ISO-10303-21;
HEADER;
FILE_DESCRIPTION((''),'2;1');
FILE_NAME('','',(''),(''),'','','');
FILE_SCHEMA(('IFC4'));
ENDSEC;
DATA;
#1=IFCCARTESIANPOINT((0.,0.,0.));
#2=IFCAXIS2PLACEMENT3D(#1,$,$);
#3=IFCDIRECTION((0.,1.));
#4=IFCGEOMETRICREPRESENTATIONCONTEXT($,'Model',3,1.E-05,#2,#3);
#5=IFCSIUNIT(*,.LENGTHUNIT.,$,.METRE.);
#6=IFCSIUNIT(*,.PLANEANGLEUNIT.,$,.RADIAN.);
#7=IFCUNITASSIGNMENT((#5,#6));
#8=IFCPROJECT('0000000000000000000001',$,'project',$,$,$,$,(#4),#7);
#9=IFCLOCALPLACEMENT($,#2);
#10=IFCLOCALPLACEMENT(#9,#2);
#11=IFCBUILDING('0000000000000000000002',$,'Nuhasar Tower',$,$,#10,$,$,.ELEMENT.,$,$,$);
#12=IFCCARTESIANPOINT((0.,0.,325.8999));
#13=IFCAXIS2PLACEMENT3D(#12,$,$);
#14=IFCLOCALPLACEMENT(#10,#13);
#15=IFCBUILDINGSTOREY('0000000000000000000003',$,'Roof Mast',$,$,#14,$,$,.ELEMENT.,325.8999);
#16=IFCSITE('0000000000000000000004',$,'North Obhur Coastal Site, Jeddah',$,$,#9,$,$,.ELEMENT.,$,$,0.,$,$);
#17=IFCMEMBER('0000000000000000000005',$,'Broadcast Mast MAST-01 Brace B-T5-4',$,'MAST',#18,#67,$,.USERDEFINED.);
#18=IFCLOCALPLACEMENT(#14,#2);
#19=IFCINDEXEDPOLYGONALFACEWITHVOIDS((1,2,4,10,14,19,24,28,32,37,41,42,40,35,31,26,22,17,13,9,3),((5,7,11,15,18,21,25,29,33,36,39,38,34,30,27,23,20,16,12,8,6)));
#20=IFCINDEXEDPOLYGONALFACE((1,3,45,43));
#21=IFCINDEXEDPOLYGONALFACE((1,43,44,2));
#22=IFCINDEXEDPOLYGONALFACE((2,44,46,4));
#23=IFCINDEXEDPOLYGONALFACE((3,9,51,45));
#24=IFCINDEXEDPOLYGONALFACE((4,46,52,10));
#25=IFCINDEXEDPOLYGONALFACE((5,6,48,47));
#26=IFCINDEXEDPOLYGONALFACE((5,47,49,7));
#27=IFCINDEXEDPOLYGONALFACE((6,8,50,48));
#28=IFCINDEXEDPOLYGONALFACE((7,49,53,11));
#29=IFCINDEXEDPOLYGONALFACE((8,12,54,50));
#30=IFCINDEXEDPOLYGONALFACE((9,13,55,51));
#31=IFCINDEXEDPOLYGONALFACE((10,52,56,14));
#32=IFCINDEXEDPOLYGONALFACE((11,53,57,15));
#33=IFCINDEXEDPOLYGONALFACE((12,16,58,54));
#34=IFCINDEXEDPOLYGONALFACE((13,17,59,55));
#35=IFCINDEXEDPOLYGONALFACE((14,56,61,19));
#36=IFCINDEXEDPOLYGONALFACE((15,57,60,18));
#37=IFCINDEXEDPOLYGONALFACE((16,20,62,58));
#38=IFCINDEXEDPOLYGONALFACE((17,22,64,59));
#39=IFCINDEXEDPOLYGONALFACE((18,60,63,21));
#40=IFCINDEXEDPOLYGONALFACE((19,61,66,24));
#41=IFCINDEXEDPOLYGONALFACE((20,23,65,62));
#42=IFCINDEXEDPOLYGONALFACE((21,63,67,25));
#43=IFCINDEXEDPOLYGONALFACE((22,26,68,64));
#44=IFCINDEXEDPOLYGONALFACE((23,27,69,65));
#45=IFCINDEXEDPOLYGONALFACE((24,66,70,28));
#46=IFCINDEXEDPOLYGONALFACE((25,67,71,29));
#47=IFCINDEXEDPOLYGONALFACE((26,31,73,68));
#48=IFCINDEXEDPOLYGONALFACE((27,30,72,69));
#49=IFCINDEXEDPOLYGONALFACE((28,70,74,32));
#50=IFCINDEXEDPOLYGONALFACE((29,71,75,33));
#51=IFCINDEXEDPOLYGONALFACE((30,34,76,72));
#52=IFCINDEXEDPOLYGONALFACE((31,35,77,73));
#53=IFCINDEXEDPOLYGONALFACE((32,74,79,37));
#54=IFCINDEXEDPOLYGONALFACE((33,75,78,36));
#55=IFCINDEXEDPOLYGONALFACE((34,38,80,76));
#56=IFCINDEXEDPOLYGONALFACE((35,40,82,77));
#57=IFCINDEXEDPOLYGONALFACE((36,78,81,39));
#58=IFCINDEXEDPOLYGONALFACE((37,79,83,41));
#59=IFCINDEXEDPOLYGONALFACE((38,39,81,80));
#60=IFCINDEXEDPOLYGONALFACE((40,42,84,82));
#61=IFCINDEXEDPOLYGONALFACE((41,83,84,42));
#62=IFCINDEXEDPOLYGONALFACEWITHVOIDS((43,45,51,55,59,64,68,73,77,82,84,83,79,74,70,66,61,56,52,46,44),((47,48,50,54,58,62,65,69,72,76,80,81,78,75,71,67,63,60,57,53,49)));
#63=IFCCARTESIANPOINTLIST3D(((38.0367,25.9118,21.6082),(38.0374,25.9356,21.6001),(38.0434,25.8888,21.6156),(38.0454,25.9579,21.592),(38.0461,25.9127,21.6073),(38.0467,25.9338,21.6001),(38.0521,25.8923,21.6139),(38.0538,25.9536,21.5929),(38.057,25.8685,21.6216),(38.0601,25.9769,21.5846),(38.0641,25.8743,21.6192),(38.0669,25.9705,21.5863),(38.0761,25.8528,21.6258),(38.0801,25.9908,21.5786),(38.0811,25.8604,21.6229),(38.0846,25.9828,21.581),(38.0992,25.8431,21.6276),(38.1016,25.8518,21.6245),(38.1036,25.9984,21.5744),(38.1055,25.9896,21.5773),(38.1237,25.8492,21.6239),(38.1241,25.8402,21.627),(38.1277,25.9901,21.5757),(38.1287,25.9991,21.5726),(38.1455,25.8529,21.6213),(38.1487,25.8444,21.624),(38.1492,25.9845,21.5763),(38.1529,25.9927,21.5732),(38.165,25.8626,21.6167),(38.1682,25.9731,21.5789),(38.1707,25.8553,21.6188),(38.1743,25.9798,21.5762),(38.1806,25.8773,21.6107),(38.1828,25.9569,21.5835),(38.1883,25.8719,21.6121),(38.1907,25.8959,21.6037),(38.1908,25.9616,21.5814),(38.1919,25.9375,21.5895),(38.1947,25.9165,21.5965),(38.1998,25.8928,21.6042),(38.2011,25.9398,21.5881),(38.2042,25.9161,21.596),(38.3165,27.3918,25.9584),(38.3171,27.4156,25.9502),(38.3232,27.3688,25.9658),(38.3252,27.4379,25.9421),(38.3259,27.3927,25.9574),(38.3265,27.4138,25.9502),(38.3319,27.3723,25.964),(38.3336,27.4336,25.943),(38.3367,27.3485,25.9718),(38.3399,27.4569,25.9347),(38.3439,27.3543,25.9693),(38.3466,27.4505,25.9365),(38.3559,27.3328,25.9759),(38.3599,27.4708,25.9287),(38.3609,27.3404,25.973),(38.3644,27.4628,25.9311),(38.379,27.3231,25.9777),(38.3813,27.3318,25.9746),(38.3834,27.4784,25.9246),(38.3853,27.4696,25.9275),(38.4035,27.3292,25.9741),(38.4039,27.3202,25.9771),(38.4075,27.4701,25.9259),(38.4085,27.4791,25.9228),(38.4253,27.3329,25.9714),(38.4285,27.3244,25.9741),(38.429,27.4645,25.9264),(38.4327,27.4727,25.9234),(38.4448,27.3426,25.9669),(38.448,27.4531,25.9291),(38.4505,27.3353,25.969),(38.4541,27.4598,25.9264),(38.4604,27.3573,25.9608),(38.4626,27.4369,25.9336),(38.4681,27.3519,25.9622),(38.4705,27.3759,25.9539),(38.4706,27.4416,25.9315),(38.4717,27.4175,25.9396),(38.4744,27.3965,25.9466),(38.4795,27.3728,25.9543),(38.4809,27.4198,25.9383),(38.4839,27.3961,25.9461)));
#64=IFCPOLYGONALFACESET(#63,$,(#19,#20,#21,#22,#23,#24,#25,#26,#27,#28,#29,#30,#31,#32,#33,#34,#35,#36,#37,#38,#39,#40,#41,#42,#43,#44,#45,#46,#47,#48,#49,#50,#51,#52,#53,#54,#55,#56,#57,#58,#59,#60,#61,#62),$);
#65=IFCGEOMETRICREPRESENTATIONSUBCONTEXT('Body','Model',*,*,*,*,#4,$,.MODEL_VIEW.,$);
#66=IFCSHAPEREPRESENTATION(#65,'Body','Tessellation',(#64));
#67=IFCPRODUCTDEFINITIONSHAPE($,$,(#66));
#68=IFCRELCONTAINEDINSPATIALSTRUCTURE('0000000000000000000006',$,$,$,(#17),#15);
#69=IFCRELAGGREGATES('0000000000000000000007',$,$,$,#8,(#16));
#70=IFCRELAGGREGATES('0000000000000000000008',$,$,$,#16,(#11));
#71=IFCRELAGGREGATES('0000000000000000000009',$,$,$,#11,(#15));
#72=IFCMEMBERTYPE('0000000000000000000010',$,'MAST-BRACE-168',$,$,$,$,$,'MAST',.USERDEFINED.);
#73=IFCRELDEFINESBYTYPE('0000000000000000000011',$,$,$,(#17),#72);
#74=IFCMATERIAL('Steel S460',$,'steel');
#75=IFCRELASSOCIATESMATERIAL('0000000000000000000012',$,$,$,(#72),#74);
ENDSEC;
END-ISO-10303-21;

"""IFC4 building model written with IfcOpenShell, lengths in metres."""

from ifc_helpers import new_model, si_unit, direction, frame, origin, origin_2d, place, context, subcontext, project, spatial, hollow_circle, extrude, material, material_profile, profile_set, type_object, element, save


model = new_model("IFC4")

# Units and contexts
model_context = context("Model", 3, precision=1e-05, world=origin(), true_north=direction((0.0, 1.0)))
body_context = subcontext(model_context, "Body", "Model", "MODEL_VIEW")
ifc_project = project(units=[si_unit("LENGTHUNIT", "METRE"), si_unit("PLANEANGLEUNIT", "RADIAN")], contexts=[model_context])

# Site, building, storey
site_placement = place(None, origin())
site = spatial("IfcSite", under=ifc_project, at=site_placement, Name="North Obhur Coastal Site, Jeddah", CompositionType="ELEMENT", RefElevation=0.0)
building_placement = place(site_placement, origin())
building = spatial("IfcBuilding", under=site, at=building_placement, Name="Nuhasar Tower", CompositionType="ELEMENT")
storey_placement = place(building_placement, frame((0.0, 0.0, 325.8999)))
storey = spatial("IfcBuildingStorey", under=building, at=storey_placement, Name="Roof Mast", CompositionType="ELEMENT", Elevation=325.8999)

# Shared definitions
ifc_material = material(Name="Steel S460", Category="steel")

# Member
ifc_material_profile_1 = material_profile(ifc_material, hollow_circle(Radius=0.0842, WallThickness=0.0095, at=origin_2d()), Name="HSS168.3X9.5")
ifc_profile_set_1 = profile_set([ifc_material_profile_1], Name="Steel S460")
member_type = type_object("IfcMemberType", Name="MAST-BRACE-168", ElementType="MAST", PredefinedType="USERDEFINED", material=ifc_profile_set_1)
for number, where, z_axis, x_axis, name in (
    (1, (38.1201, 25.9199, 21.6001), (0.060777, 0.321492, 0.94496), (-0.982596, 0.185756, 0.0), "Broadcast Mast MAST-01 Brace B-T5-4"),
):
    element("IfcMember", number, at=place(storey_placement, frame(where, z_axis=z_axis, x_axis=x_axis)), inside=storey, type_object=member_type, Name=name, ObjectType="MAST", PredefinedType="USERDEFINED", context=body_context, shape_type="SweptSolid", body=[
        extrude(hollow_circle(Radius=0.0842, WallThickness=0.0095, at=origin_2d()), origin(), (0.0, 0.0, 1.0), 4.6035),
    ])

save(model, "model.ifc")
